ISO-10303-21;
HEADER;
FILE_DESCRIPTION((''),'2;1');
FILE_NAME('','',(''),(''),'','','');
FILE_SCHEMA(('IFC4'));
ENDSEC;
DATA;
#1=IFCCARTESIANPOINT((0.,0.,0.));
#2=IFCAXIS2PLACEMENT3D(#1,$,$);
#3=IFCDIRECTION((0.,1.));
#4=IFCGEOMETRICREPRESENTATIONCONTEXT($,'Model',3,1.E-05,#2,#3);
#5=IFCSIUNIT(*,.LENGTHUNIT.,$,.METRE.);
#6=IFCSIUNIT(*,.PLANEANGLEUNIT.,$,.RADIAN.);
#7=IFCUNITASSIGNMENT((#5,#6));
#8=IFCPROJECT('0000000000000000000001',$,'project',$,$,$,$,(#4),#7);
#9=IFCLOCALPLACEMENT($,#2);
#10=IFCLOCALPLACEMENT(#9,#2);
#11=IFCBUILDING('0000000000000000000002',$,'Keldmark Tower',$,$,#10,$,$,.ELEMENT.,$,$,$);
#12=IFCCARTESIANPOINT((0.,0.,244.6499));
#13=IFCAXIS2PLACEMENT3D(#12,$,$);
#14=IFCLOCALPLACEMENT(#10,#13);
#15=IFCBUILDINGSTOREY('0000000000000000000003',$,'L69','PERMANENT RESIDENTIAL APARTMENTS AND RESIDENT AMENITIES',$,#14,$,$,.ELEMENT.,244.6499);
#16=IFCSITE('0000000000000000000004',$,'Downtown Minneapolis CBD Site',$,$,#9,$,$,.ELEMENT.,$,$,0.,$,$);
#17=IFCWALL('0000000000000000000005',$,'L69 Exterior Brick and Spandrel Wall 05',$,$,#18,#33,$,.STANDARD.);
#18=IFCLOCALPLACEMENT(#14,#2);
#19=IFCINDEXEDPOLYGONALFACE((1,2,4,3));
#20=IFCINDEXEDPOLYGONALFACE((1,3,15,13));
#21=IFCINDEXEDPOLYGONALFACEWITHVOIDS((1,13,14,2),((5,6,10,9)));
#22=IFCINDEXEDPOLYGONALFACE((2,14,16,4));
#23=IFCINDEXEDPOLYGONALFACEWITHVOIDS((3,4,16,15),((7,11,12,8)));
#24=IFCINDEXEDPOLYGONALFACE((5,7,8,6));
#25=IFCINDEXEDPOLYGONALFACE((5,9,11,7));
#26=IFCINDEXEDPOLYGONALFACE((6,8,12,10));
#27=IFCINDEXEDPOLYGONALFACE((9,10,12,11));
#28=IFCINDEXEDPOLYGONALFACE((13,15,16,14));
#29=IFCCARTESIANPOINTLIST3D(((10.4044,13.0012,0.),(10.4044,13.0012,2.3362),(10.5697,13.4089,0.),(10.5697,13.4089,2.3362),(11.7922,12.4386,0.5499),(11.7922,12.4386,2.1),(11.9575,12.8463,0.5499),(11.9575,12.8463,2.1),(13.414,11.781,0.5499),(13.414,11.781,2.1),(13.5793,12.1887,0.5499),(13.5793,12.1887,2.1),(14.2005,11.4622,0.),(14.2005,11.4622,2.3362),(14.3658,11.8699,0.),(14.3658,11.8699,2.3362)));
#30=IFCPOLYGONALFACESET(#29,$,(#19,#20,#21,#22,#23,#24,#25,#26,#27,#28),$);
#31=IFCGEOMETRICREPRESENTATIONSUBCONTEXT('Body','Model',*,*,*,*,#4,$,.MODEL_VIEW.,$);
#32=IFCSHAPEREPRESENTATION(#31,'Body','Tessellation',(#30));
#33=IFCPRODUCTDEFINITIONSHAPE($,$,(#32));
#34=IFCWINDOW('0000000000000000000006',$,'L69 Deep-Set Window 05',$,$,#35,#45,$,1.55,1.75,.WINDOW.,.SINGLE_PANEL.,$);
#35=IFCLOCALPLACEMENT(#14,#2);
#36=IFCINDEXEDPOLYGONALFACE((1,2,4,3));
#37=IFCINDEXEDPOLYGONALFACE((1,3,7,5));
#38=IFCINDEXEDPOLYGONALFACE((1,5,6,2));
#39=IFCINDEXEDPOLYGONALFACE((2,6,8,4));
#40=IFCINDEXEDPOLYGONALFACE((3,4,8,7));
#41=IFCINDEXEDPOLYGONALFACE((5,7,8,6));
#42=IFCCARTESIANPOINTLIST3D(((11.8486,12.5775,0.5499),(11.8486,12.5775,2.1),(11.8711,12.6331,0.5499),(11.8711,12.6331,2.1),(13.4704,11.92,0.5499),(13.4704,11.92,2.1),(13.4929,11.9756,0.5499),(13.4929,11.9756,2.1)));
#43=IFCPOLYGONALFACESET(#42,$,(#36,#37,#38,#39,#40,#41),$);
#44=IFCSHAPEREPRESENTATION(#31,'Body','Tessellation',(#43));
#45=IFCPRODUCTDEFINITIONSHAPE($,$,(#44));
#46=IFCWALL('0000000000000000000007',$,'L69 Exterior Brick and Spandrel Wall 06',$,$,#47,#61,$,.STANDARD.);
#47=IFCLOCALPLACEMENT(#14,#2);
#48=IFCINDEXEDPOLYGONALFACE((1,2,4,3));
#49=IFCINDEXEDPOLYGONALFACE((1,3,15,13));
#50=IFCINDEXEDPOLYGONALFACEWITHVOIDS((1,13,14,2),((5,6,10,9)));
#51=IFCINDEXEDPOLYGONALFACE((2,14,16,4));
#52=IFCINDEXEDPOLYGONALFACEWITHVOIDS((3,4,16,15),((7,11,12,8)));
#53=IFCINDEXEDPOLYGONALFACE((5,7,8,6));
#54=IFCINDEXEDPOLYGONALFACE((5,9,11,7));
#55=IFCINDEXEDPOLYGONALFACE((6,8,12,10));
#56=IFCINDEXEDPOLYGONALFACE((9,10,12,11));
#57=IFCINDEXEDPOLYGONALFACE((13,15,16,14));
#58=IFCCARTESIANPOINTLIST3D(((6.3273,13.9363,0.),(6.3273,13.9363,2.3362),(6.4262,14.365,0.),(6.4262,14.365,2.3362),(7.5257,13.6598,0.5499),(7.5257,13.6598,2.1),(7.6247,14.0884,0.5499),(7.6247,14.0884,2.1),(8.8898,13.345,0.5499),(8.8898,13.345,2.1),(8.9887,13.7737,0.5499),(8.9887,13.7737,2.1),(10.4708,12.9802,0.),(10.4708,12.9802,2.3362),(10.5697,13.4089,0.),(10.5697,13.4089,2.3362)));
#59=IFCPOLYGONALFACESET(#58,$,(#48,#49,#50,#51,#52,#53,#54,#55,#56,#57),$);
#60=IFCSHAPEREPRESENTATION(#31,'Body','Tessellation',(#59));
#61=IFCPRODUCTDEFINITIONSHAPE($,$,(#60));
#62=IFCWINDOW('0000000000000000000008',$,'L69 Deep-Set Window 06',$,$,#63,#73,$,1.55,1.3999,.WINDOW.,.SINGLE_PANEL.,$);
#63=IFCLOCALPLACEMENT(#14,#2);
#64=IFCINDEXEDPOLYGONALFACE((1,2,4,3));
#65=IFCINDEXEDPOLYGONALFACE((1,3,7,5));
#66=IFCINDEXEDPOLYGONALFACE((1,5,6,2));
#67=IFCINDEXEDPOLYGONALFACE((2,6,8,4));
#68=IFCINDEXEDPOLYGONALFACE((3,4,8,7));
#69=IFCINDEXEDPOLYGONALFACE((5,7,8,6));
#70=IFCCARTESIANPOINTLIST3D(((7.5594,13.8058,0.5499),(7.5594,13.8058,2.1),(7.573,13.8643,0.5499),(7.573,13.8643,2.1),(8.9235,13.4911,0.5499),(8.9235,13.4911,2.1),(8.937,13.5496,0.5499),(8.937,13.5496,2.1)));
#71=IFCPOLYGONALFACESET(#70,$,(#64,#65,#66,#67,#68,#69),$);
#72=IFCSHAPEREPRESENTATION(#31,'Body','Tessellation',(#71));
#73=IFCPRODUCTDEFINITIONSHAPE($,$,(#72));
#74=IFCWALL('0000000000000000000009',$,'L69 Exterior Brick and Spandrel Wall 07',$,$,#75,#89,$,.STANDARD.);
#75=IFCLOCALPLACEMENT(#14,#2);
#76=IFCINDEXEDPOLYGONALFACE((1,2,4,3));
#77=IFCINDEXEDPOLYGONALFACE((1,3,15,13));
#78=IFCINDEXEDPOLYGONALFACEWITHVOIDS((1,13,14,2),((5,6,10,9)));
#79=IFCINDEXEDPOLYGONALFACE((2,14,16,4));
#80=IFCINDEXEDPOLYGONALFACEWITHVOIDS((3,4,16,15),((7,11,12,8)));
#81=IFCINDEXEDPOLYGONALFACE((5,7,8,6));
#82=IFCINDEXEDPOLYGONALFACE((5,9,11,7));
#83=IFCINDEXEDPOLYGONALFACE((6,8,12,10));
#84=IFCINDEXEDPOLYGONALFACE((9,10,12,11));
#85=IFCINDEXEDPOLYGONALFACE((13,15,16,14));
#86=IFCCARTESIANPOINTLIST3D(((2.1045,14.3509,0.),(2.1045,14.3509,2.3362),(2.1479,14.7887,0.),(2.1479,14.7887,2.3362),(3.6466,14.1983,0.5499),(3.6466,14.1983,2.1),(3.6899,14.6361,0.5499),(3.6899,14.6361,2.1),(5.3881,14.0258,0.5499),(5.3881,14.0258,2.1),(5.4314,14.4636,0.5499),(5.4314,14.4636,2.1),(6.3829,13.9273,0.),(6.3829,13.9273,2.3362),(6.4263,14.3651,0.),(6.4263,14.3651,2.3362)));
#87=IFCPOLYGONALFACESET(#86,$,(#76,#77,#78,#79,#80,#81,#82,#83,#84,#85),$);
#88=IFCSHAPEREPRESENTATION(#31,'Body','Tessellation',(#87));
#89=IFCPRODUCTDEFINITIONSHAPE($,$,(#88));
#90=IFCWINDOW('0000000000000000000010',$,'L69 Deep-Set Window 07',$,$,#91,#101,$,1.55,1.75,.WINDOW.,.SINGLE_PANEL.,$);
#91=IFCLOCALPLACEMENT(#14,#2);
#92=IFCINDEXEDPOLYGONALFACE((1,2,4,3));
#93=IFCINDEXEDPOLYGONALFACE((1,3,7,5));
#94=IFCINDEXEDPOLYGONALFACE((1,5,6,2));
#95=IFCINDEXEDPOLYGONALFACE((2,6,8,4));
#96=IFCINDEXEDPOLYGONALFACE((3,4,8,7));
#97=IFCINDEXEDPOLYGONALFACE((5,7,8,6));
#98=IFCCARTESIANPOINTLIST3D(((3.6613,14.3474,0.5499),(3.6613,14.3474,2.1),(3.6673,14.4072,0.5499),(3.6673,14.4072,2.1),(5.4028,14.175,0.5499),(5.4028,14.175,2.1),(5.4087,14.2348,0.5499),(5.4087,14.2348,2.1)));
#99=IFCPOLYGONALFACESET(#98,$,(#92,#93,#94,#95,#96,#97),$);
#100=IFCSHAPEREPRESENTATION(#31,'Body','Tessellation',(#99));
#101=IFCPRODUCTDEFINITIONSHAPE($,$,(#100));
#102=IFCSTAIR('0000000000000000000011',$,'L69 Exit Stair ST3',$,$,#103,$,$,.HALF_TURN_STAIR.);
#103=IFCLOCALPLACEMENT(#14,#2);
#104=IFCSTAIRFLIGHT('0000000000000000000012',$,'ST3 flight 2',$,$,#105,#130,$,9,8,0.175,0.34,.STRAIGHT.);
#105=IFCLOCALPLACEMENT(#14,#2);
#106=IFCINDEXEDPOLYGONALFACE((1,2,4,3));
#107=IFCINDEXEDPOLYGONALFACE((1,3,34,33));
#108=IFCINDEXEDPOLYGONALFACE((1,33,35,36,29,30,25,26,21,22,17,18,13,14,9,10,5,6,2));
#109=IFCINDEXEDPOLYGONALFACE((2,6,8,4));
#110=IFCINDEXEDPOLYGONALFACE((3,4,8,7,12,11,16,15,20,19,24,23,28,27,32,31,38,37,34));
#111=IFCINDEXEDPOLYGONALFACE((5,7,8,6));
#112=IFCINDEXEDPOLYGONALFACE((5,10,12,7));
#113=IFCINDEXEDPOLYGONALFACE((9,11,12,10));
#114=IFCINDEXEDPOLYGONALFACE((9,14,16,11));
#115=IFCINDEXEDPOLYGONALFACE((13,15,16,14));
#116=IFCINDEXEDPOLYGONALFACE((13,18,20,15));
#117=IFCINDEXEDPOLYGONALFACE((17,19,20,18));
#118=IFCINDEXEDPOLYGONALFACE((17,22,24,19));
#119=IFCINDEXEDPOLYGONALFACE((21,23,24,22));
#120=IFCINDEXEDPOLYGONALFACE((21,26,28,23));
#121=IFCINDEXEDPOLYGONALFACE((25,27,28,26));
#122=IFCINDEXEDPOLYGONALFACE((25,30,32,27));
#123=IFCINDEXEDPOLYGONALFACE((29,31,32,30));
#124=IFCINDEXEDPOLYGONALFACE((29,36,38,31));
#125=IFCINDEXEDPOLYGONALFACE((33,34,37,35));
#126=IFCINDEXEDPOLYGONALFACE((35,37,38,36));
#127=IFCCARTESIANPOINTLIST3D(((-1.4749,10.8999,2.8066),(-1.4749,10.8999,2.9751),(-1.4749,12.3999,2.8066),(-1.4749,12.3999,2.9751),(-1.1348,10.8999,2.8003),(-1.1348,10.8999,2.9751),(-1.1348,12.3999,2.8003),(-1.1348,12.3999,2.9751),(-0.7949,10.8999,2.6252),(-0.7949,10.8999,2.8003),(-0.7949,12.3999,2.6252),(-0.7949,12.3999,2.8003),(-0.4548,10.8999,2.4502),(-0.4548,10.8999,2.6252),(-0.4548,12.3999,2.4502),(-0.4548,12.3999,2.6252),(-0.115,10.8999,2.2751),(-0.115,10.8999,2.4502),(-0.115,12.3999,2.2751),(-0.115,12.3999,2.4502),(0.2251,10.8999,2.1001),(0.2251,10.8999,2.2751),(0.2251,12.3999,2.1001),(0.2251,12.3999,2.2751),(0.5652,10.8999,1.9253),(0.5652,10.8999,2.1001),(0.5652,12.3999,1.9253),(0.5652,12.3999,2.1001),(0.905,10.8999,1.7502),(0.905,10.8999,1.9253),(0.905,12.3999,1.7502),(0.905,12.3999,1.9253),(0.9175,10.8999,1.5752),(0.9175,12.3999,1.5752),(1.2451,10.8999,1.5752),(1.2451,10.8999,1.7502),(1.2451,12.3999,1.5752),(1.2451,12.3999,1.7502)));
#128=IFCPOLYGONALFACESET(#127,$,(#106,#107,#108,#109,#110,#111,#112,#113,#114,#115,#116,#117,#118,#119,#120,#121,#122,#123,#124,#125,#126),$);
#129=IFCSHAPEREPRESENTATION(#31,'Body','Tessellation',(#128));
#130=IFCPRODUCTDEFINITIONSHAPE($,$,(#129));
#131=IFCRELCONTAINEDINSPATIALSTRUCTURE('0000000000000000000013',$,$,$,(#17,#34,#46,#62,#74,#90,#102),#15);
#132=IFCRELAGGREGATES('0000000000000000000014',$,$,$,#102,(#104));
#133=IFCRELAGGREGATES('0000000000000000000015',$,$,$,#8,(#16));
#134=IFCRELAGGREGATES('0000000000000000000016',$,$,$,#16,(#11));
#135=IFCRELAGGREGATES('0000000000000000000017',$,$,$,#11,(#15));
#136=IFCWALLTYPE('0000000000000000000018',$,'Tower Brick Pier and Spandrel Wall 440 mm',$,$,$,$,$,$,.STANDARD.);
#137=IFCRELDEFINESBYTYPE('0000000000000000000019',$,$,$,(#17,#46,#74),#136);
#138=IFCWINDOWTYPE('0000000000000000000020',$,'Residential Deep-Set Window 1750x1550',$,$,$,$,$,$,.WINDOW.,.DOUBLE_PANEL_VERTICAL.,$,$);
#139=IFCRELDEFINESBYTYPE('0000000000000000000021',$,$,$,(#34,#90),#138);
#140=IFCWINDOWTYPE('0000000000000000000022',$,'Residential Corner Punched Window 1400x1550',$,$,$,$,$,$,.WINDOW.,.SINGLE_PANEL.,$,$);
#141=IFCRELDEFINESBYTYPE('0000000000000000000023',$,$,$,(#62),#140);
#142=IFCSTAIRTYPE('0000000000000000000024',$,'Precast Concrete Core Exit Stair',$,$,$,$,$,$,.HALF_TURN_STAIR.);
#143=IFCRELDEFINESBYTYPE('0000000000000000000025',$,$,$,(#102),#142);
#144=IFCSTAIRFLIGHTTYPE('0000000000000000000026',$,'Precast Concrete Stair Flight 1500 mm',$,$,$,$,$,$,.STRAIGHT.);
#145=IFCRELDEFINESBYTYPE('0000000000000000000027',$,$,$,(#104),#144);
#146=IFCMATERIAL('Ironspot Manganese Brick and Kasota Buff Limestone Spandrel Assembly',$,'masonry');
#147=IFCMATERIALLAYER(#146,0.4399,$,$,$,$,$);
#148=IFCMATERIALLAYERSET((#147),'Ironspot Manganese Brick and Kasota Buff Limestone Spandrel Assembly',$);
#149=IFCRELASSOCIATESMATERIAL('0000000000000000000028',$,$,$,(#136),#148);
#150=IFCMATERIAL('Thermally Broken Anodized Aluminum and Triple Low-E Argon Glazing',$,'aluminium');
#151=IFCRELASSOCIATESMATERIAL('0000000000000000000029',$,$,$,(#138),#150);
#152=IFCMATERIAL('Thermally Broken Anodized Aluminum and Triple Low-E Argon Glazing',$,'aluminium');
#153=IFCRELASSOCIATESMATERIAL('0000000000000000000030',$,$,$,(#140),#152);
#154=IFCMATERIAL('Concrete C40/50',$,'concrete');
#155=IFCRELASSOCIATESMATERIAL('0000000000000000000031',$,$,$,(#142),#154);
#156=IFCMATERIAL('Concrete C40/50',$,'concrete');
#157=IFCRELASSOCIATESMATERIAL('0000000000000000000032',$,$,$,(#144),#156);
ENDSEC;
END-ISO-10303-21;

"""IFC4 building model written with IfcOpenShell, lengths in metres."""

from ifc_helpers import new_model, si_unit, direction, frame, frame_2d, origin, place, context, subcontext, project, spatial, polyline, rectangle, outline, extrude, material, layer, layer_set, type_object, element, fill, aggregate, save


model = new_model("IFC4")

# Units and contexts
model_context = context("Model", 3, precision=1e-05, world=origin(), true_north=direction((0.0, 1.0)))
body_context = subcontext(model_context, "Body", "Model", "MODEL_VIEW")
ifc_project = project(units=[si_unit("LENGTHUNIT", "METRE"), si_unit("PLANEANGLEUNIT", "RADIAN")], contexts=[model_context])

# Site, building, storey
site_placement = place(None, origin())
site = spatial("IfcSite", under=ifc_project, at=site_placement, Name="Downtown Minneapolis CBD Site", CompositionType="ELEMENT", RefElevation=0.0)
building_placement = place(site_placement, origin())
building = spatial("IfcBuilding", under=site, at=building_placement, Name="Keldmark Tower", CompositionType="ELEMENT")
storey_placement = place(building_placement, frame((0.0, 0.0, 244.6499)))
storey = spatial("IfcBuildingStorey", under=building, at=storey_placement, Name="L69", Description="PERMANENT RESIDENTIAL APARTMENTS AND RESIDENT AMENITIES", CompositionType="ELEMENT", Elevation=244.6499)

# Walls, openings, windows
ifc_material_1 = material(Name="Ironspot Manganese Brick and Kasota Buff Limestone Spandrel Assembly", Category="masonry")
ifc_layer_1 = layer(ifc_material_1, 0.4399)
ifc_layer_set_1 = layer_set([ifc_layer_1], Name="Ironspot Manganese Brick and Kasota Buff Limestone Spandrel Assembly")
wall_type_1 = type_object("IfcWallType", Name="Tower Brick Pier and Spandrel Wall 440 mm", PredefinedType="STANDARD", material=ifc_layer_set_1)
wall_1_placement = place(storey_placement, frame((10.4871, 13.2051, 0.0), z_axis=(0.0, 0.0, 1.0), x_axis=(0.926732, -0.375723, 0.0)))
wall_1 = element("IfcWall", 1, at=wall_1_placement, inside=storey, type_object=wall_type_1, Name="L69 Exterior Brick and Spandrel Wall 05", PredefinedType="STANDARD", context=body_context, shape_type="SweptSolid", body=[
    extrude(rectangle(XDim=4.0962, YDim=0.4399, at=frame_2d((2.0481, 0.0))), origin(), (0.0, 0.0, 1.0), 2.3362),
])
opening_1_placement = place(wall_1_placement, frame((1.4976, 0.0, 0.55)))
opening_1 = element("IfcOpeningElement", 2, at=opening_1_placement, cuts=wall_1, PredefinedType="OPENING", context=body_context, shape_type="SweptSolid", body=[
    extrude(rectangle(XDim=1.75, YDim=1.55, at=frame_2d((0.875, 0.7749))), frame((0.0, 0.23, 0.0), z_axis=(0.0, -1.0, 0.0), x_axis=(1.0, 0.0, 0.0)), (0.0, 0.0, 1.0), 0.46),
])
ifc_material_2 = material(Name="Thermally Broken Anodized Aluminum and Triple Low-E Argon Glazing", Category="aluminium")
window_type_1 = type_object("IfcWindowType", Name="Residential Deep-Set Window 1750x1550", PartitioningType="DOUBLE_PANEL_VERTICAL", PredefinedType="WINDOW", material=ifc_material_2)
window_1_placement = place(opening_1_placement, origin())
window_1 = element("IfcWindow", 3, at=window_1_placement, inside=storey, type_object=window_type_1, Name="L69 Deep-Set Window 05", OverallHeight=1.55, OverallWidth=1.75, PartitioningType="SINGLE_PANEL", PredefinedType="WINDOW", context=body_context, shape_type="SweptSolid", body=[
    extrude(rectangle(XDim=1.75, YDim=1.55, at=frame_2d((0.875, 0.7749))), frame((0.0, -0.01, 0.0), z_axis=(0.0, -1.0, 0.0), x_axis=(1.0, 0.0, 0.0)), (0.0, 0.0, 1.0), 0.0601),
])
fill(opening_1, window_1)
wall_2_placement = place(storey_placement, frame((6.3767, 14.1506, 0.0), z_axis=(0.0, 0.0, 1.0), x_axis=(0.974399, -0.224826, 0.0)))
wall_2 = element("IfcWall", 4, at=wall_2_placement, inside=storey, type_object=wall_type_1, Name="L69 Exterior Brick and Spandrel Wall 06", PredefinedType="STANDARD", context=body_context, shape_type="SweptSolid", body=[
    extrude(rectangle(XDim=4.2524, YDim=0.4399, at=frame_2d((2.1262, 0.0))), origin(), (0.0, 0.0, 1.0), 2.3362),
])
opening_2_placement = place(wall_2_placement, frame((1.23, 0.0, 0.55)))
opening_2 = element("IfcOpeningElement", 5, at=opening_2_placement, cuts=wall_2, PredefinedType="OPENING", context=body_context, shape_type="SweptSolid", body=[
    extrude(rectangle(XDim=1.3999, YDim=1.55, at=frame_2d((0.7, 0.7749))), frame((0.0, 0.23, 0.0), z_axis=(0.0, -1.0, 0.0), x_axis=(1.0, 0.0, 0.0)), (0.0, 0.0, 1.0), 0.46),
])
ifc_material_3 = material(Name="Thermally Broken Anodized Aluminum and Triple Low-E Argon Glazing", Category="aluminium")
window_type_2 = type_object("IfcWindowType", Name="Residential Corner Punched Window 1400x1550", PartitioningType="SINGLE_PANEL", PredefinedType="WINDOW", material=ifc_material_3)
window_2_placement = place(opening_2_placement, origin())
window_2 = element("IfcWindow", 6, at=window_2_placement, inside=storey, type_object=window_type_2, Name="L69 Deep-Set Window 06", OverallHeight=1.55, OverallWidth=1.3999, PartitioningType="SINGLE_PANEL", PredefinedType="WINDOW", context=body_context, shape_type="SweptSolid", body=[
    extrude(rectangle(XDim=1.3999, YDim=1.55, at=frame_2d((0.7, 0.7749))), frame((0.0, -0.01, 0.0), z_axis=(0.0, -1.0, 0.0), x_axis=(1.0, 0.0, 0.0)), (0.0, 0.0, 1.0), 0.0601),
])
fill(opening_2, window_2)
wall_3_placement = place(storey_placement, frame((2.1262, 14.5698, 0.0), z_axis=(0.0, 0.0, 1.0), x_axis=(0.995135, -0.098525, 0.0)))
wall_3 = element("IfcWall", 7, at=wall_3_placement, inside=storey, type_object=wall_type_1, Name="L69 Exterior Brick and Spandrel Wall 07", PredefinedType="STANDARD", context=body_context, shape_type="SweptSolid", body=[
    extrude(rectangle(XDim=4.2993, YDim=0.4399, at=frame_2d((2.1497, 0.0))), origin(), (0.0, 0.0, 1.0), 2.3362),
])
opening_3_placement = place(wall_3_placement, frame((1.5496, 0.0, 0.55)))
opening_3 = element("IfcOpeningElement", 8, at=opening_3_placement, cuts=wall_3, PredefinedType="OPENING", context=body_context, shape_type="SweptSolid", body=[
    extrude(rectangle(XDim=1.75, YDim=1.55, at=frame_2d((0.875, 0.7749))), frame((0.0, 0.23, 0.0), z_axis=(0.0, -1.0, 0.0), x_axis=(1.0, 0.0, 0.0)), (0.0, 0.0, 1.0), 0.46),
])
window_3_placement = place(opening_3_placement, origin())
window_3 = element("IfcWindow", 9, at=window_3_placement, inside=storey, type_object=window_type_1, Name="L69 Deep-Set Window 07", OverallHeight=1.55, OverallWidth=1.75, PartitioningType="SINGLE_PANEL", PredefinedType="WINDOW", context=body_context, shape_type="SweptSolid", body=[
    extrude(rectangle(XDim=1.75, YDim=1.55, at=frame_2d((0.875, 0.7749))), frame((0.0, -0.01, 0.0), z_axis=(0.0, -1.0, 0.0), x_axis=(1.0, 0.0, 0.0)), (0.0, 0.0, 1.0), 0.0601),
])
fill(opening_3, window_3)

# Stair, stair flight
ifc_material_4 = material(Name="Concrete C40/50", Category="concrete")
stair_type = type_object("IfcStairType", Name="Precast Concrete Core Exit Stair", PredefinedType="HALF_TURN_STAIR", material=ifc_material_4)
stair_placement = place(storey_placement, origin())
stair = element("IfcStair", 10, at=stair_placement, inside=storey, type_object=stair_type, Name="L69 Exit Stair ST3", PredefinedType="HALF_TURN_STAIR")
ifc_material_5 = material(Name="Concrete C40/50", Category="concrete")
stair_flight_type = type_object("IfcStairFlightType", Name="Precast Concrete Stair Flight 1500 mm", PredefinedType="STRAIGHT", material=ifc_material_5)
stair_flight_placement = place(storey_placement, frame((1.2451, 11.6499, 1.5752), z_axis=(0.0, 0.0, 1.0), x_axis=(-1.0, 0.0, 0.0)))
stair_flight = element("IfcStairFlight", 11, at=stair_flight_placement, type_object=stair_flight_type, Name="ST3 flight 2", NumberOfRisers=9, NumberOfTreads=8, PredefinedType="STRAIGHT", RiserHeight=0.175, TreadLength=0.34, context=body_context, shape_type="SweptSolid", body=[
    extrude(outline(polyline([(0.0, 0.0), (0.0, 0.175), (0.3401, 0.175), (0.3401, 0.3501), (0.6799, 0.3501), (0.6799, 0.5249), (1.02, 0.5249), (1.02, 0.7), (1.3601, 0.7), (1.3601, 0.875), (1.7, 0.875), (1.7, 1.05), (2.04, 1.05), (2.04, 1.2251), (2.3799, 1.2251), (2.3799, 1.3999), (2.72, 1.3999), (2.72, 1.575), (2.72, 1.2314), (0.3276, 0.0), (0.0, 0.0)])), frame((0.0, 0.75, 0.0), z_axis=(0.0, -1.0, 0.0), x_axis=(1.0, 0.0, 0.0)), (0.0, 0.0, 1.0), 1.5),
])
aggregate(stair, [stair_flight])

save(model, "model.ifc")
